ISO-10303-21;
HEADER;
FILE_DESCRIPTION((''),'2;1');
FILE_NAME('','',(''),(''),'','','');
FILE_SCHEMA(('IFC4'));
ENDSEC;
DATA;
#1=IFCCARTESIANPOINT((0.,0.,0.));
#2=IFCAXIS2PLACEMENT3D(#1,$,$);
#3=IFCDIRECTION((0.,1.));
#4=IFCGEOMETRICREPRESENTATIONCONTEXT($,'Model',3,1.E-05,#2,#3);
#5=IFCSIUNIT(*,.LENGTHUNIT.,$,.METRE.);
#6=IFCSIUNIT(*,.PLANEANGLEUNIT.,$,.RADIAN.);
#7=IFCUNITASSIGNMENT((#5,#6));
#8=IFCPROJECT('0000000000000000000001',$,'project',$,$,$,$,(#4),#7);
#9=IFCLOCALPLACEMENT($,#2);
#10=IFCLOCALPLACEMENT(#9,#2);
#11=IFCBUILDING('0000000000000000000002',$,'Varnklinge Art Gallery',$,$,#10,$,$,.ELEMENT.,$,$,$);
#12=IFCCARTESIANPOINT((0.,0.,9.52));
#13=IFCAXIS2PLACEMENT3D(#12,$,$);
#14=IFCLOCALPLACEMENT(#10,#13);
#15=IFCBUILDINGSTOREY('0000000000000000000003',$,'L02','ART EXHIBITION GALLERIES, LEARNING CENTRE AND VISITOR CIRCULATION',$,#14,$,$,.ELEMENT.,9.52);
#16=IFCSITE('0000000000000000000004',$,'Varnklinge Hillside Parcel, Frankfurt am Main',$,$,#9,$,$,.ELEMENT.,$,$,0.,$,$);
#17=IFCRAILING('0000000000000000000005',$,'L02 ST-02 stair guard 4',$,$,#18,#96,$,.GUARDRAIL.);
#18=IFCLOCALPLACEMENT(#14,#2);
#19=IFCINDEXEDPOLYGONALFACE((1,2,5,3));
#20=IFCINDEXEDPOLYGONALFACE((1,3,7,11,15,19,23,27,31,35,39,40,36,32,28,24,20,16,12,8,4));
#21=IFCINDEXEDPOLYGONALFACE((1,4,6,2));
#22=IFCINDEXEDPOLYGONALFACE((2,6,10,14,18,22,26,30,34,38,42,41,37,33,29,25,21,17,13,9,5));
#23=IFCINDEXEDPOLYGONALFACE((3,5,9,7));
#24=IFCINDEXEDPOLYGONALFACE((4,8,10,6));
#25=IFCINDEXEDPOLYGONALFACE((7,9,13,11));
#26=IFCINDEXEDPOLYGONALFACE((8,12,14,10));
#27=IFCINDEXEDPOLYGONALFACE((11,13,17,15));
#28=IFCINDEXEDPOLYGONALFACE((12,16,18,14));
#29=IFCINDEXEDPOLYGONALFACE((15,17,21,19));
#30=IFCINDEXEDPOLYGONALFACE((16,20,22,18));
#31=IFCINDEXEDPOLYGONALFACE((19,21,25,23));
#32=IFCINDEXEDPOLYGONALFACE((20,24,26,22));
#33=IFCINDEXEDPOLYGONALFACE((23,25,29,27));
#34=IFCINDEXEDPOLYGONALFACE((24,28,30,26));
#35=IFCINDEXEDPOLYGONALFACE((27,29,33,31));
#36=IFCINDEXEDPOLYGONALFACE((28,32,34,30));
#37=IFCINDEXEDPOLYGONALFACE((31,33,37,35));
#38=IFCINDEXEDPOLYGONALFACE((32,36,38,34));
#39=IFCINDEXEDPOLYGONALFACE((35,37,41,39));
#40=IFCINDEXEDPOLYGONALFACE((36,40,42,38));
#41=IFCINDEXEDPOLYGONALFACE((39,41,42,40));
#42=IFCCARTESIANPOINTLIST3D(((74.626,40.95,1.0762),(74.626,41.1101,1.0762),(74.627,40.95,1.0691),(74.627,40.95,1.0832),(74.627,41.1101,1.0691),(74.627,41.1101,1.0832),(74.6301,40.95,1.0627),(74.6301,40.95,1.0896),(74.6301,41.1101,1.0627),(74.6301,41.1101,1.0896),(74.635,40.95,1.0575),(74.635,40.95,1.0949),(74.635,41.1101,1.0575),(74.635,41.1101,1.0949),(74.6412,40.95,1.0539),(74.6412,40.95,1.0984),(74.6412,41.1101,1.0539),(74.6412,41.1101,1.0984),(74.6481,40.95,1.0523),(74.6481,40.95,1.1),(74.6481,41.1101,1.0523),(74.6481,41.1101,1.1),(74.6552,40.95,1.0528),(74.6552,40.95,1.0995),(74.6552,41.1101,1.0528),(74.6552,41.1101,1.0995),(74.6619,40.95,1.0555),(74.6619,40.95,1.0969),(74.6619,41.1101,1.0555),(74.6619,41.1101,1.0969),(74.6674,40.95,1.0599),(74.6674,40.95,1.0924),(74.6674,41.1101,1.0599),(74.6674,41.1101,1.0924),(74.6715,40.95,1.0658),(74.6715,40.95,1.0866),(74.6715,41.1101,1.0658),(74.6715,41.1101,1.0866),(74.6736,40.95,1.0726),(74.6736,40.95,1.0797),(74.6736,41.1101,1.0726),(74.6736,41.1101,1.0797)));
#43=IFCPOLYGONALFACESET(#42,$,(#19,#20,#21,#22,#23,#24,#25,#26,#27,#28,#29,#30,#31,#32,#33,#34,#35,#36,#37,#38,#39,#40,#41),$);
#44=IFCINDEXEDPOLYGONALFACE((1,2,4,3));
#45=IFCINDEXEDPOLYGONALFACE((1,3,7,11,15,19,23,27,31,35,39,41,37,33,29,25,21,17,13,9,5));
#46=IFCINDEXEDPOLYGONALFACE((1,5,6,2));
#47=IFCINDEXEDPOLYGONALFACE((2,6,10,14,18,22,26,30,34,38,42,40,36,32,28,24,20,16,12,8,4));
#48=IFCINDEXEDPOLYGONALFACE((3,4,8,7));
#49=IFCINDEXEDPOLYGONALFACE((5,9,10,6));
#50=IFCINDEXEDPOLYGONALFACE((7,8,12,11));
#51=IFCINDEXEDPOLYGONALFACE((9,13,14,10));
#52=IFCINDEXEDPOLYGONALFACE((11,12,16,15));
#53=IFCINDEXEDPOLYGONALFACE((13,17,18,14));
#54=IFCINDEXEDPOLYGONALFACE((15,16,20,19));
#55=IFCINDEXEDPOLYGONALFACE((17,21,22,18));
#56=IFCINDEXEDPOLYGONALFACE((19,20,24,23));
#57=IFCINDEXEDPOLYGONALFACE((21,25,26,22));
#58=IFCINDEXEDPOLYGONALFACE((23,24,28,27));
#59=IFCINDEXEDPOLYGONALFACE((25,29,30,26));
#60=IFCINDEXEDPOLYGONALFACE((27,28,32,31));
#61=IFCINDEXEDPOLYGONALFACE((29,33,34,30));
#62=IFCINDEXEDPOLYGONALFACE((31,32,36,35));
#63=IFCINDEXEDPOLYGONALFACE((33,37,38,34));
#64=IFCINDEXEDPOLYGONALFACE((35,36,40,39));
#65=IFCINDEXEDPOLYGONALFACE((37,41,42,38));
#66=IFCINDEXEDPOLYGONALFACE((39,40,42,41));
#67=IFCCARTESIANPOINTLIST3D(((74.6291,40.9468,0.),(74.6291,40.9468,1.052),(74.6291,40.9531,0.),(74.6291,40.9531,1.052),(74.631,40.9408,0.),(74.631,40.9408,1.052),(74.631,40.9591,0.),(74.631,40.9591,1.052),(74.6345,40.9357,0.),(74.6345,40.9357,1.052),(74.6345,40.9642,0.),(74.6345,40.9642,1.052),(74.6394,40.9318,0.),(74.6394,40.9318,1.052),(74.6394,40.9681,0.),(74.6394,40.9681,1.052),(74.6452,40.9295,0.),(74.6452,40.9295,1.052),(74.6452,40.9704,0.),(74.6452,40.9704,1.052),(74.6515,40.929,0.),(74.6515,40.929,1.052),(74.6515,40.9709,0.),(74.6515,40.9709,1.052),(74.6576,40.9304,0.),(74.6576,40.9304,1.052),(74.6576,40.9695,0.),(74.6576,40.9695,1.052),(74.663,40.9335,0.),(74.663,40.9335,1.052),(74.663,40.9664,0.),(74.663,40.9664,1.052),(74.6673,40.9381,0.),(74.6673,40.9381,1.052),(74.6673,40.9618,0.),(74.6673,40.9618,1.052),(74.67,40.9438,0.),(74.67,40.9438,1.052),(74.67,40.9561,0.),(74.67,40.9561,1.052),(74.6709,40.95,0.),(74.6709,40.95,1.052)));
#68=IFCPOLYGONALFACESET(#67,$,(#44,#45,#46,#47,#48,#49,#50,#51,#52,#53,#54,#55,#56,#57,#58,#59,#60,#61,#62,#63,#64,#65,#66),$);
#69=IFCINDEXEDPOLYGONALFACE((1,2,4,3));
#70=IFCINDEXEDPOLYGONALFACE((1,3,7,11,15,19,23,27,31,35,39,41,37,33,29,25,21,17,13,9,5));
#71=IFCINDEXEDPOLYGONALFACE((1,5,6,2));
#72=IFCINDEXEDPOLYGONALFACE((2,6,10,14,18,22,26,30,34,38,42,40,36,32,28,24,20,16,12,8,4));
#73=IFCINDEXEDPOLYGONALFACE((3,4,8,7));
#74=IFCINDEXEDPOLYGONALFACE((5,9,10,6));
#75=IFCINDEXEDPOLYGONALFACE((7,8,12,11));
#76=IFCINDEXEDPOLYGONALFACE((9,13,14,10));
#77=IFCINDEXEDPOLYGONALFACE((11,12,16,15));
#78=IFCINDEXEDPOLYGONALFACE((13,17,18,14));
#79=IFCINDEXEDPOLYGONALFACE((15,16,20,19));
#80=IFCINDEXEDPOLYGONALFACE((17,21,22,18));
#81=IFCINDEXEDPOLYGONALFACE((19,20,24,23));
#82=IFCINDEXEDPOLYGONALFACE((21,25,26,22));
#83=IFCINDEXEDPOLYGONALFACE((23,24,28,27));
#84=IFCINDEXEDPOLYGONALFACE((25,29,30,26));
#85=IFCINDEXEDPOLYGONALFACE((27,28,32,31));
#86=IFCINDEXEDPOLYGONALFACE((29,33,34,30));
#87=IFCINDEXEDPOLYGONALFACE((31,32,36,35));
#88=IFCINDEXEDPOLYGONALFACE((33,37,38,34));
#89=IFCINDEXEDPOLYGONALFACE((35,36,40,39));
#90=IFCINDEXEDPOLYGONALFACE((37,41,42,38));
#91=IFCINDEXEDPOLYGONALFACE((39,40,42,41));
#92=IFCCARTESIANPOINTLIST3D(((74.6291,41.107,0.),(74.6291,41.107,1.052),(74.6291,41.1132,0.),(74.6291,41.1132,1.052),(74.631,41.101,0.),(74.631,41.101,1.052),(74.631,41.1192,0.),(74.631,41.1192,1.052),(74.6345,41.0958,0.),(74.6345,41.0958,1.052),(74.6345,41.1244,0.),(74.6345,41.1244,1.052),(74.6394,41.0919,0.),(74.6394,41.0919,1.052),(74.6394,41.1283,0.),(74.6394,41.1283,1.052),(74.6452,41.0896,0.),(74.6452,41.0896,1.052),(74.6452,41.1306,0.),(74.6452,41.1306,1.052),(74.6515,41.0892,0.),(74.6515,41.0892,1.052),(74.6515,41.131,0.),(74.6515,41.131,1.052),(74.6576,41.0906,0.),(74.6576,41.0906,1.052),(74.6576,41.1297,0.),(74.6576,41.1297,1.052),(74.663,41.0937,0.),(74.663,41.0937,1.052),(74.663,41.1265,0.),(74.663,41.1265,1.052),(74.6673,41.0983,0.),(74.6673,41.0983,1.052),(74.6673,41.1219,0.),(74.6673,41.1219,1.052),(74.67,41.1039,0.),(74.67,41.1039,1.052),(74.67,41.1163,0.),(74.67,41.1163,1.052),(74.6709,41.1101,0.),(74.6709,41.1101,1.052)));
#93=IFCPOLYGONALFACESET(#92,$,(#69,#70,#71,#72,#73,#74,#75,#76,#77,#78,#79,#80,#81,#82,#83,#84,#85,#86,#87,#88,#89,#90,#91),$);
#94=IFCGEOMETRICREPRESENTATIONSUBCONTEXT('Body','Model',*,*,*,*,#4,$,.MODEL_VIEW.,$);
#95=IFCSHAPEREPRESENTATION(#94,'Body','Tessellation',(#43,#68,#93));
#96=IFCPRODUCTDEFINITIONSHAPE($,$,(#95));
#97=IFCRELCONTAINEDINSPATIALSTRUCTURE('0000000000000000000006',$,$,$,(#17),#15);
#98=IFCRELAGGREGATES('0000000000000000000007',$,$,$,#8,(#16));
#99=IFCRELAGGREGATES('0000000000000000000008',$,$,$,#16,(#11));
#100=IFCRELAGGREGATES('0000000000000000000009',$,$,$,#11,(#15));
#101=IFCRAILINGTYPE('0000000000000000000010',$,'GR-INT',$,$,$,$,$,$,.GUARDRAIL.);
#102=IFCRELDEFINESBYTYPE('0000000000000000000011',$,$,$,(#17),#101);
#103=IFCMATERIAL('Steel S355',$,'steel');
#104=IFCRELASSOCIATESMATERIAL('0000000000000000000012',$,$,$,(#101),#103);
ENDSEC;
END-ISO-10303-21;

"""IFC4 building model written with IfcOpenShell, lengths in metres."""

from ifc_helpers import new_model, si_unit, direction, frame, origin, origin_2d, place, context, subcontext, project, spatial, circle, extrude, material, type_object, element, save


model = new_model("IFC4")

# Units and contexts
model_context = context("Model", 3, precision=1e-05, world=origin(), true_north=direction((0.0, 1.0)))
body_context = subcontext(model_context, "Body", "Model", "MODEL_VIEW")
ifc_project = project(units=[si_unit("LENGTHUNIT", "METRE"), si_unit("PLANEANGLEUNIT", "RADIAN")], contexts=[model_context])

# Site, building, storey
site_placement = place(None, origin())
site = spatial("IfcSite", under=ifc_project, at=site_placement, Name="Varnklinge Hillside Parcel, Frankfurt am Main", CompositionType="ELEMENT", RefElevation=0.0)
building_placement = place(site_placement, origin())
building = spatial("IfcBuilding", under=site, at=building_placement, Name="Varnklinge Art Gallery", CompositionType="ELEMENT")
storey_placement = place(building_placement, frame((0.0, 0.0, 9.52)))
storey = spatial("IfcBuildingStorey", under=building, at=storey_placement, Name="L02", Description="ART EXHIBITION GALLERIES, LEARNING CENTRE AND VISITOR CIRCULATION", CompositionType="ELEMENT", Elevation=9.52)

# Railing
ifc_material_1 = material(Name="Steel S355", Category="steel")
railing_type_1 = type_object("IfcRailingType", Name="GR-INT", PredefinedType="GUARDRAIL", material=ifc_material_1)
railing_1_placement = place(storey_placement, frame((74.6499, 40.95, 0.0)))
element("IfcRailing", 1, at=railing_1_placement, inside=storey, type_object=railing_type_1, Name="L02 ST-02 stair guard 4", PredefinedType="GUARDRAIL", context=body_context, shape_type="SweptSolid", body=[
    extrude(circle(Radius=0.0239, at=origin_2d()), frame((0.0, 0.0, 1.0762), z_axis=(0.0, 1.0, 0.0), x_axis=(-1.0, 0.0, 0.0)), (0.0, 0.0, 1.0), 0.1602),
    extrude(circle(Radius=0.021, at=origin_2d()), origin(), (0.0, 0.0, 1.0), 1.052),
    extrude(circle(Radius=0.021, at=origin_2d()), frame((0.0, 0.1602, 0.0)), (0.0, 0.0, 1.0), 1.052),
])

save(model, "model.ifc")
